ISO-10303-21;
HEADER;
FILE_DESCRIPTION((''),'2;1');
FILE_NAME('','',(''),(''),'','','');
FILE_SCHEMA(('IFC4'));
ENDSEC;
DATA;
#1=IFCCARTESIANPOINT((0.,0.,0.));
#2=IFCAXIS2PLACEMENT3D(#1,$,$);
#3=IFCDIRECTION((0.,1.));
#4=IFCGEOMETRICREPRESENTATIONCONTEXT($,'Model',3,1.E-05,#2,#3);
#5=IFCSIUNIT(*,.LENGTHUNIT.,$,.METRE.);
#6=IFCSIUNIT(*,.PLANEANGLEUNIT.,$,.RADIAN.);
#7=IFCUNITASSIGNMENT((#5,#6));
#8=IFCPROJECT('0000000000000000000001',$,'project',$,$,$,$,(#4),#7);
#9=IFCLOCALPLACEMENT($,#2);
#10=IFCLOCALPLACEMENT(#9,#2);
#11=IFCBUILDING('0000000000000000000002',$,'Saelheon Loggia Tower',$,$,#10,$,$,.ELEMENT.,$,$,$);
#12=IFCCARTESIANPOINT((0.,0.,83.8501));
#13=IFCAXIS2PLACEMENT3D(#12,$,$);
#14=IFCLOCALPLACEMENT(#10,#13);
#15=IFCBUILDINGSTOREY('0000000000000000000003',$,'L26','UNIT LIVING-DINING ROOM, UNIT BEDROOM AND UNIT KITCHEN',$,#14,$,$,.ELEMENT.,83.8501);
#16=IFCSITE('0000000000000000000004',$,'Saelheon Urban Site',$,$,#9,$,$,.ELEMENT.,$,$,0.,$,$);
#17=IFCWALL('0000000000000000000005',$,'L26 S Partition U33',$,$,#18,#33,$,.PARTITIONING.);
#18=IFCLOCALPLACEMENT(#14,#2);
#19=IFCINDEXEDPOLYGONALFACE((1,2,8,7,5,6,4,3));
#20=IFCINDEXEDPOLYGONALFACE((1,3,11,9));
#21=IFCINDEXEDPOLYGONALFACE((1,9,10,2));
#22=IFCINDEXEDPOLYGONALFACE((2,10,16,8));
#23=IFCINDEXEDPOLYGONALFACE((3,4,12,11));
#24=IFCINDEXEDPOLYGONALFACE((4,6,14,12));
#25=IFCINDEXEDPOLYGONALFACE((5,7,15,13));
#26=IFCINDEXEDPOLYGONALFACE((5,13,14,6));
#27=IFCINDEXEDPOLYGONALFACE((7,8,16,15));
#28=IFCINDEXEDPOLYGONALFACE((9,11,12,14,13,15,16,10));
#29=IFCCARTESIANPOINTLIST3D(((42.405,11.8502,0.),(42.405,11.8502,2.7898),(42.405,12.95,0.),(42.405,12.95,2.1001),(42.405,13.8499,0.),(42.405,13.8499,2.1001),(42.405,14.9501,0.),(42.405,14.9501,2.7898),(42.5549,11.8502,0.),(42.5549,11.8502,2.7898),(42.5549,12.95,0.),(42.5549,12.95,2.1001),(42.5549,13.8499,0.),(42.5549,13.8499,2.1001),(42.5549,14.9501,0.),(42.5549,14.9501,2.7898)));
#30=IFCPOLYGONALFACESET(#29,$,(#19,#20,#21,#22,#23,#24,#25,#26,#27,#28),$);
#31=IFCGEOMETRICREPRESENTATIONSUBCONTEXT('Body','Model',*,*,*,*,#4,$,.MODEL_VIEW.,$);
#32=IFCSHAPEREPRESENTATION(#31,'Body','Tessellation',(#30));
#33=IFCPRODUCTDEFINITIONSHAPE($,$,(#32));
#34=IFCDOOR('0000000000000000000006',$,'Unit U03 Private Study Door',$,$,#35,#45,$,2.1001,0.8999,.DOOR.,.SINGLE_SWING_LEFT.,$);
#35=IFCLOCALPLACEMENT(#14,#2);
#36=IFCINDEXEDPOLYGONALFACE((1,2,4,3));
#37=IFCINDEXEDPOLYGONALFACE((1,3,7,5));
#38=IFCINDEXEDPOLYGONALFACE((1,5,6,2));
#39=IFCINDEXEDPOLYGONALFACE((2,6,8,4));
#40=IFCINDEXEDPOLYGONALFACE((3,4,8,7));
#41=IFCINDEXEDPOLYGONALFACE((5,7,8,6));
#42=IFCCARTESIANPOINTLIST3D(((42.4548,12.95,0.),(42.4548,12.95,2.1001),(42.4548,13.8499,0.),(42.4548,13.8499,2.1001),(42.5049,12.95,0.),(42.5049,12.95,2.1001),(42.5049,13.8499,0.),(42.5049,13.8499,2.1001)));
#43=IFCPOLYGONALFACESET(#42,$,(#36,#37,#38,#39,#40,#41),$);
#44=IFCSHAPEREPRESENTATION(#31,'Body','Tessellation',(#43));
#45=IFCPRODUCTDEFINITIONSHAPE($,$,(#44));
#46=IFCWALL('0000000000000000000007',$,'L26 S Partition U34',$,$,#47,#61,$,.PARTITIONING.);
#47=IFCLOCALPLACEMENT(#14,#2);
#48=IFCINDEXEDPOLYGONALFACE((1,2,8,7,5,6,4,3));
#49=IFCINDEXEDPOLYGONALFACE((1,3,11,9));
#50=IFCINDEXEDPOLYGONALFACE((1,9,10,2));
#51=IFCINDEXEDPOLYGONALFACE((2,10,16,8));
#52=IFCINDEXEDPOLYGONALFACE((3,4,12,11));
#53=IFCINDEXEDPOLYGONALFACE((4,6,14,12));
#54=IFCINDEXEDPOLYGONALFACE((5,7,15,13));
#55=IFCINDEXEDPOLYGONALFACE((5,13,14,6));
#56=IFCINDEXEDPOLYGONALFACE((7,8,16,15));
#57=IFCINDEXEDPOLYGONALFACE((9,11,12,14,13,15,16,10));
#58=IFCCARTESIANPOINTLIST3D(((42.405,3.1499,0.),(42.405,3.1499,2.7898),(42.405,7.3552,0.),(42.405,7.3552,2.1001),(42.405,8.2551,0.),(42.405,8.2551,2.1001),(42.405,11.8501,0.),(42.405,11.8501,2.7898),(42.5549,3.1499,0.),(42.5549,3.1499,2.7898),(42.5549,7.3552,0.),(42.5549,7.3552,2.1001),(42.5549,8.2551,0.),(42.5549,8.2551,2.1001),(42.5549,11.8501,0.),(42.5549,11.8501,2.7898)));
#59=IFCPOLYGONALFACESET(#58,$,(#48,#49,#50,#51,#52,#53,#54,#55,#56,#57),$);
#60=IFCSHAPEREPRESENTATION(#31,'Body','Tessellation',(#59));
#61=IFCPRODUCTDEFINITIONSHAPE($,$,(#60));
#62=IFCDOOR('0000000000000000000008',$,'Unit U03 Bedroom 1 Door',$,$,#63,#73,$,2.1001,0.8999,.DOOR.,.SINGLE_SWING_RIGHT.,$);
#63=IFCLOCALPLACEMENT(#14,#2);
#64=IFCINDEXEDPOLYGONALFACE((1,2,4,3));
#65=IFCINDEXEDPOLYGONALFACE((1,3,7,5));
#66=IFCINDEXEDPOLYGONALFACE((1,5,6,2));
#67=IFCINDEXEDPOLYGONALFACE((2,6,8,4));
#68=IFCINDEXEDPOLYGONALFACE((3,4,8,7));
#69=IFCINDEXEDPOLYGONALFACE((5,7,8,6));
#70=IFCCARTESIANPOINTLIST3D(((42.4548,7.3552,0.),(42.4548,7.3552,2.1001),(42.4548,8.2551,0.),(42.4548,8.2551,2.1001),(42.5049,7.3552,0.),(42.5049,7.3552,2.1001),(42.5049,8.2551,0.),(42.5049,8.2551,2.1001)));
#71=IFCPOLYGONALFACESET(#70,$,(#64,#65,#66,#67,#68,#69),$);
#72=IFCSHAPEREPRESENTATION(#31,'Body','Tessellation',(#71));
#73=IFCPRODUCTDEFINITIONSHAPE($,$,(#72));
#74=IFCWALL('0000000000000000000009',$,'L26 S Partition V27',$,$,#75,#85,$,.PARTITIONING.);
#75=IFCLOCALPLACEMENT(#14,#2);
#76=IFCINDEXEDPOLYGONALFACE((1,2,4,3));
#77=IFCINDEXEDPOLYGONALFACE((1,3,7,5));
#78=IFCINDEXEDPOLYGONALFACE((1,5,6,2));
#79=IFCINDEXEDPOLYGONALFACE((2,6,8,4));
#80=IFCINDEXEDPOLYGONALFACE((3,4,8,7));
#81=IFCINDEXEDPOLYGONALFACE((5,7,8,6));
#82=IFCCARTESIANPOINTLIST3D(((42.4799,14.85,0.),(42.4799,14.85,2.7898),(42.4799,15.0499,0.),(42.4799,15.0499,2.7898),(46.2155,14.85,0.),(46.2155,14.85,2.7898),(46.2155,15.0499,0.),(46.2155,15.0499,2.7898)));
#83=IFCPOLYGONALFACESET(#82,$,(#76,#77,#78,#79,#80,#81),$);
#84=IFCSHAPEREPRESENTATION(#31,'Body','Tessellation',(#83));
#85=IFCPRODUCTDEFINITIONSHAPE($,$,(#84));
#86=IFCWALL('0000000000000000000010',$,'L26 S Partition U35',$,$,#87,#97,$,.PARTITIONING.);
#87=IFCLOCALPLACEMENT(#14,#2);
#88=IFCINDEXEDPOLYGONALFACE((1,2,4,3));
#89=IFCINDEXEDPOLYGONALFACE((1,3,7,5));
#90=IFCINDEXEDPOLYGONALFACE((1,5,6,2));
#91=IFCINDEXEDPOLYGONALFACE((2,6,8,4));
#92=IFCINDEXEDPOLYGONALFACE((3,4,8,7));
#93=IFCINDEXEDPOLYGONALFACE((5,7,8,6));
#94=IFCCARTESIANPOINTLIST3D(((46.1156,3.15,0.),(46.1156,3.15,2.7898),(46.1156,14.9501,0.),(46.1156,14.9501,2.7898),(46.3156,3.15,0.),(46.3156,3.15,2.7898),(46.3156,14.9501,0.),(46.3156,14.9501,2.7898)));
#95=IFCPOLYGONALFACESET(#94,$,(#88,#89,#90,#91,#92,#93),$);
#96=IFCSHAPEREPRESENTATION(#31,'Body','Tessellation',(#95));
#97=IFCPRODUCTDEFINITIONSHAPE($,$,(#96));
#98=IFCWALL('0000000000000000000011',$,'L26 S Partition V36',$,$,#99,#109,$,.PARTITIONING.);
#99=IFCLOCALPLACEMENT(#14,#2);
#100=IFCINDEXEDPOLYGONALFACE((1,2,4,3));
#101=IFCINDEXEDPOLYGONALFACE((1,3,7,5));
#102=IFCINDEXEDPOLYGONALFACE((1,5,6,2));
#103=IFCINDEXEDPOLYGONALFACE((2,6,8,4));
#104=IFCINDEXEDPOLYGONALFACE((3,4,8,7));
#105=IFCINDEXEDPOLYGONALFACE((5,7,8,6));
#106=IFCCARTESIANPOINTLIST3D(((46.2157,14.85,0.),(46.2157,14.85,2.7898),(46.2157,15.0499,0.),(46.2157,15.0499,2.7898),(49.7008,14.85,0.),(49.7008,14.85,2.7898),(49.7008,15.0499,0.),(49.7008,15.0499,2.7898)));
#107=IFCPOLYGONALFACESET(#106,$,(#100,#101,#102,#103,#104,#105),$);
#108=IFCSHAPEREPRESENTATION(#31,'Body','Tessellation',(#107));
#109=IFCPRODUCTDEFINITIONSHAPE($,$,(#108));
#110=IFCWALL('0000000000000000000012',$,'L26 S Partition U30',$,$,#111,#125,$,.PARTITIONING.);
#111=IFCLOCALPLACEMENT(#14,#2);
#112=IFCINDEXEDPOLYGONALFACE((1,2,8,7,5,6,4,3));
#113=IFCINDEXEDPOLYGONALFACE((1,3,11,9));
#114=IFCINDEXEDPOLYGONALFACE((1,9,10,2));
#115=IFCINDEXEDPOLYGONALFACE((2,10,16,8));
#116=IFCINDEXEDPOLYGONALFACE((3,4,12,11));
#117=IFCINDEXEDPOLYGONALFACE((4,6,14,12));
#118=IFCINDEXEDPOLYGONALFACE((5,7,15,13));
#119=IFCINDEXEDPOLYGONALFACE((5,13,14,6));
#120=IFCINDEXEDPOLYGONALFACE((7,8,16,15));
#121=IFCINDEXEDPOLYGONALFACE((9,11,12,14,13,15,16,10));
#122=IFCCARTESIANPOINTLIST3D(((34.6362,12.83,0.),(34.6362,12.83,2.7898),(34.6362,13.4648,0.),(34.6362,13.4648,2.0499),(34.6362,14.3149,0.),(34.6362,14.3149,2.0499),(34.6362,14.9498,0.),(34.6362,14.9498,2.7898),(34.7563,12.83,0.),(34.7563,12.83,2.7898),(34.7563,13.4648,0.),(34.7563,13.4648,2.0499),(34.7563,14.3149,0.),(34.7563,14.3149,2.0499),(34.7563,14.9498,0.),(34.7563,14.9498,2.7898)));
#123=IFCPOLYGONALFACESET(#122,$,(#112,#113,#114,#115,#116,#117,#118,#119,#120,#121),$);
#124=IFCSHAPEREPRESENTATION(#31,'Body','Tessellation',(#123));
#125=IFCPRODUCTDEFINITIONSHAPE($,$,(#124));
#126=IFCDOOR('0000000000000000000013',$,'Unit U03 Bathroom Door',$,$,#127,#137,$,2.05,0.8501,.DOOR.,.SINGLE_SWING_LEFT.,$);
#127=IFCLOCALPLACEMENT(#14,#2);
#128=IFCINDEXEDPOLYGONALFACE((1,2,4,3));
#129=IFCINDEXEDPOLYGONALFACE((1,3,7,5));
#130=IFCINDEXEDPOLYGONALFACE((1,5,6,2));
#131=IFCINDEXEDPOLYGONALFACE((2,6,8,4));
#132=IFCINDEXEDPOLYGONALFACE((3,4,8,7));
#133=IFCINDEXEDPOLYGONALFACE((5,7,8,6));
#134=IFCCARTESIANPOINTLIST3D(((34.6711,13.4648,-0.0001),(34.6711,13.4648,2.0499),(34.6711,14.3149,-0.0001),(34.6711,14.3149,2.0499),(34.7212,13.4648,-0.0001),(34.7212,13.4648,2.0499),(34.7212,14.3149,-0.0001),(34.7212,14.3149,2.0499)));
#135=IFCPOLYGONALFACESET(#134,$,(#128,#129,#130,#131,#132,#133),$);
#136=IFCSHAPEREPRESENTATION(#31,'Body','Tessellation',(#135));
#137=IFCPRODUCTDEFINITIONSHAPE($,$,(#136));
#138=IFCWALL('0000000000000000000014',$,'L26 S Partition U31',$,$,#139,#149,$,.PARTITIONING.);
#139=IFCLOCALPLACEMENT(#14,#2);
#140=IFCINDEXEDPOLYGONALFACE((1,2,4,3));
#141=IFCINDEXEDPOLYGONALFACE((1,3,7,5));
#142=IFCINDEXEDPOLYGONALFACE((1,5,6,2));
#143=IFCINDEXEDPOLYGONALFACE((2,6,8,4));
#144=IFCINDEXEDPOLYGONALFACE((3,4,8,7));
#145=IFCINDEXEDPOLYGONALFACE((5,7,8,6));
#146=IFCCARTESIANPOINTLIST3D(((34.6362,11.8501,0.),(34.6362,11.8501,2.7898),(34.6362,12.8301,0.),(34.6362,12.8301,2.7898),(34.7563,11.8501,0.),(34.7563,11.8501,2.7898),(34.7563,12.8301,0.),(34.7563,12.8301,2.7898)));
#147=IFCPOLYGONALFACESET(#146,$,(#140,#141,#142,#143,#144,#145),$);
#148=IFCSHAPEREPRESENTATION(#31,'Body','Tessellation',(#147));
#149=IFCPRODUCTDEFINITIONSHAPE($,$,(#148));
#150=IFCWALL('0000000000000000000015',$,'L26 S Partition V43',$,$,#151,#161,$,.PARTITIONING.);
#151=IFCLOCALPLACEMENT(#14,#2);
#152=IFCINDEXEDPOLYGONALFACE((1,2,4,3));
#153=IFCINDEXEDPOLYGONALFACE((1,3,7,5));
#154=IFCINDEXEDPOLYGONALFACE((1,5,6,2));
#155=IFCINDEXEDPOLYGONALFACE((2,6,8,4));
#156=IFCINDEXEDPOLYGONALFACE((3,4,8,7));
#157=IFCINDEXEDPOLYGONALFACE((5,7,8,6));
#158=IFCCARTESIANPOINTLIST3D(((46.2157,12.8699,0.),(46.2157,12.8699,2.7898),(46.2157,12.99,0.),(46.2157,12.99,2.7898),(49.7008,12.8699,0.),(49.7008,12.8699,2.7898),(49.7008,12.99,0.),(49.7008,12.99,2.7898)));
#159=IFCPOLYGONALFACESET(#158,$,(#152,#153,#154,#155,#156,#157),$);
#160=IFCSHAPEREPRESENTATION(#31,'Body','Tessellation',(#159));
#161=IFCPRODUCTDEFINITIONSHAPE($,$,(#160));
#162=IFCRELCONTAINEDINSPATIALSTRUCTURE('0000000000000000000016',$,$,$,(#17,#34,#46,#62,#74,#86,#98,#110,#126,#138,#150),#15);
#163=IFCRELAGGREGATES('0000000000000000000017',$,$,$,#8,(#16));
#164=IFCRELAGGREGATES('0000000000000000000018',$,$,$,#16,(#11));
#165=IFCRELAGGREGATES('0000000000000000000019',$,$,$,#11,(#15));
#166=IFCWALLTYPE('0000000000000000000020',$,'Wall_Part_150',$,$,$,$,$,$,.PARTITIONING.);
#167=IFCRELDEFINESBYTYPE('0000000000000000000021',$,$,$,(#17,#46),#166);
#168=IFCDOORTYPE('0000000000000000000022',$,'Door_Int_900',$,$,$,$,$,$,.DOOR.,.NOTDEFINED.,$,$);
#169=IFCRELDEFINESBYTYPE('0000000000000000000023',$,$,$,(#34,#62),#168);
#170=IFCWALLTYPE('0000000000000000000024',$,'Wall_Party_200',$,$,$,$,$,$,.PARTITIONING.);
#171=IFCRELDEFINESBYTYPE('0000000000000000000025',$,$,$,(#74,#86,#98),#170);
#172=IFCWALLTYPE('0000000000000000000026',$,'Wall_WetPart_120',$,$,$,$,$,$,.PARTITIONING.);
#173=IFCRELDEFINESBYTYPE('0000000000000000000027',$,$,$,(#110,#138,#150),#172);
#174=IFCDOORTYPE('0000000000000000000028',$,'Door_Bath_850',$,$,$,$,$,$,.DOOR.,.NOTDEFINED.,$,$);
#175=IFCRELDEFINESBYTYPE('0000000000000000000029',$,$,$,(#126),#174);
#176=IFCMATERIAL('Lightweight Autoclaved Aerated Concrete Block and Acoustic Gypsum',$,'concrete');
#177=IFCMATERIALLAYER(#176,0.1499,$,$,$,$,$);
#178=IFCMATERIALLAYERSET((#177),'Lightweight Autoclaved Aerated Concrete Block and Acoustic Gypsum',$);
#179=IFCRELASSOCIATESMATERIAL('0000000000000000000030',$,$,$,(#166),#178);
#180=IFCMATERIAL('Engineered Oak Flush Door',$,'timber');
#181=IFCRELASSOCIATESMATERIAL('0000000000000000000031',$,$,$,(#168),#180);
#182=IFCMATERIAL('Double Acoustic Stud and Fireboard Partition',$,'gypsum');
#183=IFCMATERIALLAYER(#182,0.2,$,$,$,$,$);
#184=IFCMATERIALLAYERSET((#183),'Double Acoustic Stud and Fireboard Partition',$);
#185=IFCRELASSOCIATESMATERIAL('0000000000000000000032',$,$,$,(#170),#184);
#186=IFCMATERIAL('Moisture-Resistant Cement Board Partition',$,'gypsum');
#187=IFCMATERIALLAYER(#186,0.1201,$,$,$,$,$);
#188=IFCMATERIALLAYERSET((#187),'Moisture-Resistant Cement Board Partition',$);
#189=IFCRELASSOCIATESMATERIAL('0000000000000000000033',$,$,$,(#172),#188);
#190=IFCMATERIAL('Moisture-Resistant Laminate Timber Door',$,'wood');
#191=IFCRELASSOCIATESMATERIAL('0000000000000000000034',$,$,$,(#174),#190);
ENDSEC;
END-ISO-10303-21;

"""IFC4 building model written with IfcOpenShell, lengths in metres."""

from ifc_helpers import new_model, si_unit, direction, frame, frame_2d, origin, place, context, subcontext, project, spatial, rectangle, extrude, source, transform, mapped, material, layer, layer_set, type_object, element, fill, save


model = new_model("IFC4")

# Units and contexts
model_context = context("Model", 3, precision=1e-05, world=origin(), true_north=direction((0.0, 1.0)))
body_context = subcontext(model_context, "Body", "Model", "MODEL_VIEW")
ifc_project = project(units=[si_unit("LENGTHUNIT", "METRE"), si_unit("PLANEANGLEUNIT", "RADIAN")], contexts=[model_context])

# Site, building, storey
site_placement = place(None, origin())
site = spatial("IfcSite", under=ifc_project, at=site_placement, Name="Saelheon Urban Site", CompositionType="ELEMENT", RefElevation=0.0)
building_placement = place(site_placement, origin())
building = spatial("IfcBuilding", under=site, at=building_placement, Name="Saelheon Loggia Tower", CompositionType="ELEMENT")
storey_placement = place(building_placement, frame((0.0, 0.0, 83.8501)))
storey = spatial("IfcBuildingStorey", under=building, at=storey_placement, Name="L26", Description="UNIT LIVING-DINING ROOM, UNIT BEDROOM AND UNIT KITCHEN", CompositionType="ELEMENT", Elevation=83.8501)

# Shared definitions
ifc_material_1 = material(Name="Lightweight Autoclaved Aerated Concrete Block and Acoustic Gypsum", Category="concrete")
ifc_layer_1 = layer(ifc_material_1, 0.1499)
ifc_layer_set_1 = layer_set([ifc_layer_1], Name="Lightweight Autoclaved Aerated Concrete Block and Acoustic Gypsum")
wall_type_1 = type_object("IfcWallType", Name="Wall_Part_150", PredefinedType="PARTITIONING", material=ifc_layer_set_1)

# Walls, openings, doors
ifc_material_2 = material(Name="Engineered Oak Flush Door", Category="timber")
door_type_1 = type_object("IfcDoorType", Name="Door_Int_900", OperationType="NOTDEFINED", PredefinedType="DOOR", material=ifc_material_2)
shared_shape_1 = source(origin(), body_context, "Body", "SweptSolid", [
    extrude(rectangle(XDim=0.8999, YDim=2.1001, at=frame_2d((0.45, 1.05))), frame((0.0, 0.0249, 0.0), z_axis=(0.0, -1.0, 0.0), x_axis=(1.0, 0.0, 0.0)), (0.0, 0.0, 1.0), 0.05),
])
wall_1_placement = place(storey_placement, frame((42.48, 14.95, 0.0), z_axis=(0.0, 0.0, 1.0), x_axis=(0.0, -1.0, 0.0)))
wall_1 = element("IfcWall", 1, at=wall_1_placement, inside=storey, type_object=wall_type_1, Name="L26 S Partition U33", PredefinedType="PARTITIONING", context=body_context, shape_type="SweptSolid", body=[
    extrude(rectangle(XDim=3.0999, YDim=0.1499, at=frame_2d((1.5498, 0.0))), origin(), (0.0, 0.0, 1.0), 2.7898),
])
opening_1_placement = place(wall_1_placement, frame((1.1001, 0.0, 0.0)))
opening_1 = element("IfcOpeningElement", 2, at=opening_1_placement, cuts=wall_1, PredefinedType="OPENING", context=body_context, shape_type="SweptSolid", body=[
    extrude(rectangle(XDim=0.8999, YDim=2.1001, at=frame_2d((0.45, 1.05))), frame((0.0, 0.0869, 0.0), z_axis=(0.0, -1.0, 0.0), x_axis=(1.0, 0.0, 0.0)), (0.0, 0.0, 1.0), 0.1738),
])
door_1_placement = place(opening_1_placement, origin())
door_1 = element("IfcDoor", 3, at=door_1_placement, inside=storey, type_object=door_type_1, Name="Unit U03 Private Study Door", OperationType="SINGLE_SWING_LEFT", OverallHeight=2.1001, OverallWidth=0.8999, PredefinedType="DOOR", context=body_context, shape_type="MappedRepresentation", body=[
    mapped(shared_shape_1, transform((0.0, 0.0, 0.0), scale=1.0)),
])
fill(opening_1, door_1)
wall_2_placement = place(storey_placement, frame((42.48, 11.8501, 0.0), z_axis=(0.0, 0.0, 1.0), x_axis=(0.0, -1.0, 0.0)))
wall_2 = element("IfcWall", 4, at=wall_2_placement, inside=storey, type_object=wall_type_1, Name="L26 S Partition U34", PredefinedType="PARTITIONING", context=body_context, shape_type="SweptSolid", body=[
    extrude(rectangle(XDim=8.7002, YDim=0.1499, at=frame_2d((4.3501, 0.0))), origin(), (0.0, 0.0, 1.0), 2.7898),
])
opening_2_placement = place(wall_2_placement, frame((3.595, 0.0, 0.0)))
opening_2 = element("IfcOpeningElement", 5, at=opening_2_placement, cuts=wall_2, PredefinedType="OPENING", context=body_context, shape_type="SweptSolid", body=[
    extrude(rectangle(XDim=0.8999, YDim=2.1001, at=frame_2d((0.45, 1.05))), frame((0.0, 0.0869, 0.0), z_axis=(0.0, -1.0, 0.0), x_axis=(1.0, 0.0, 0.0)), (0.0, 0.0, 1.0), 0.1738),
])
door_2_placement = place(opening_2_placement, origin())
door_2 = element("IfcDoor", 6, at=door_2_placement, inside=storey, type_object=door_type_1, Name="Unit U03 Bedroom 1 Door", OperationType="SINGLE_SWING_RIGHT", OverallHeight=2.1001, OverallWidth=0.8999, PredefinedType="DOOR", context=body_context, shape_type="MappedRepresentation", body=[
    mapped(shared_shape_1, transform((0.0, 0.0, 0.0), scale=1.0)),
])
fill(opening_2, door_2)

# Walls
ifc_material_3 = material(Name="Double Acoustic Stud and Fireboard Partition", Category="gypsum")
ifc_layer_2 = layer(ifc_material_3, 0.2)
ifc_layer_set_2 = layer_set([ifc_layer_2], Name="Double Acoustic Stud and Fireboard Partition")
wall_type_2 = type_object("IfcWallType", Name="Wall_Party_200", PredefinedType="PARTITIONING", material=ifc_layer_set_2)
wall_3_placement = place(storey_placement, frame((42.48, 14.95, 0.0), z_axis=(0.0, 0.0, 1.0), x_axis=(1.0, 0.0, 0.0)))
element("IfcWall", 7, at=wall_3_placement, inside=storey, type_object=wall_type_2, Name="L26 S Partition V27", PredefinedType="PARTITIONING", context=body_context, shape_type="SweptSolid", body=[
    extrude(rectangle(XDim=3.7356, YDim=0.2, at=frame_2d((1.8677, 0.0))), origin(), (0.0, 0.0, 1.0), 2.7898),
])
wall_4_placement = place(storey_placement, frame((46.2156, 14.95, 0.0), z_axis=(0.0, 0.0, 1.0), x_axis=(0.0, -1.0, 0.0)))
element("IfcWall", 8, at=wall_4_placement, inside=storey, type_object=wall_type_2, Name="L26 S Partition U35", PredefinedType="PARTITIONING", context=body_context, shape_type="SweptSolid", body=[
    extrude(rectangle(XDim=11.8, YDim=0.2, at=frame_2d((5.8999, 0.0))), origin(), (0.0, 0.0, 1.0), 2.7898),
])
wall_5_placement = place(storey_placement, frame((46.2156, 14.95, 0.0), z_axis=(0.0, 0.0, 1.0), x_axis=(1.0, 0.0, 0.0)))
element("IfcWall", 9, at=wall_5_placement, inside=storey, type_object=wall_type_2, Name="L26 S Partition V36", PredefinedType="PARTITIONING", context=body_context, shape_type="SweptSolid", body=[
    extrude(rectangle(XDim=3.4851, YDim=0.2, at=frame_2d((1.7427, 0.0))), origin(), (0.0, 0.0, 1.0), 2.7898),
])

# Wall, opening, door
ifc_material_4 = material(Name="Moisture-Resistant Cement Board Partition", Category="gypsum")
ifc_layer_3 = layer(ifc_material_4, 0.1201)
ifc_layer_set_3 = layer_set([ifc_layer_3], Name="Moisture-Resistant Cement Board Partition")
wall_type_3 = type_object("IfcWallType", Name="Wall_WetPart_120", PredefinedType="PARTITIONING", material=ifc_layer_set_3)
wall_6_placement = place(storey_placement, frame((34.6963, 14.95, 0.0), z_axis=(0.0, 0.0, 1.0), x_axis=(0.0, -1.0, 0.0)))
wall_6 = element("IfcWall", 10, at=wall_6_placement, inside=storey, type_object=wall_type_3, Name="L26 S Partition U30", PredefinedType="PARTITIONING", context=body_context, shape_type="SweptSolid", body=[
    extrude(rectangle(XDim=2.1199, YDim=0.1201, at=frame_2d((1.0601, 0.0))), origin(), (0.0, 0.0, 1.0), 2.7898),
])
opening_3_placement = place(wall_6_placement, frame((0.635, 0.0, 0.0)))
opening_3 = element("IfcOpeningElement", 11, at=opening_3_placement, cuts=wall_6, PredefinedType="OPENING", context=body_context, shape_type="SweptSolid", body=[
    extrude(rectangle(XDim=0.8501, YDim=2.05, at=frame_2d((0.425, 1.0249))), frame((0.0, 0.072, 0.0), z_axis=(0.0, -1.0, 0.0), x_axis=(1.0, 0.0, 0.0)), (0.0, 0.0, 1.0), 0.144),
])
ifc_material_5 = material(Name="Moisture-Resistant Laminate Timber Door", Category="wood")
door_type_2 = type_object("IfcDoorType", Name="Door_Bath_850", OperationType="NOTDEFINED", PredefinedType="DOOR", material=ifc_material_5)
shared_shape_2 = source(origin(), body_context, "Body", "SweptSolid", [
    extrude(rectangle(XDim=0.8501, YDim=2.05, at=frame_2d((0.425, 1.0249))), frame((0.0, 0.0249, 0.0), z_axis=(0.0, -1.0, 0.0), x_axis=(1.0, 0.0, 0.0)), (0.0, 0.0, 1.0), 0.05),
])
door_3_placement = place(opening_3_placement, origin())
door_3 = element("IfcDoor", 12, at=door_3_placement, inside=storey, type_object=door_type_2, Name="Unit U03 Bathroom Door", OperationType="SINGLE_SWING_LEFT", OverallHeight=2.05, OverallWidth=0.8501, PredefinedType="DOOR", context=body_context, shape_type="MappedRepresentation", body=[
    mapped(shared_shape_2, transform((0.0, 0.0, 0.0), scale=1.0)),
])
fill(opening_3, door_3)

# Walls
wall_7_placement = place(storey_placement, frame((34.6963, 12.8301, 0.0), z_axis=(0.0, 0.0, 1.0), x_axis=(0.0, -1.0, 0.0)))
element("IfcWall", 13, at=wall_7_placement, inside=storey, type_object=wall_type_3, Name="L26 S Partition U31", PredefinedType="PARTITIONING", context=body_context, shape_type="SweptSolid", body=[
    extrude(rectangle(XDim=0.98, YDim=0.1201, at=frame_2d((0.49, 0.0))), origin(), (0.0, 0.0, 1.0), 2.7898),
])
wall_8_placement = place(storey_placement, frame((46.2156, 12.9299, 0.0), z_axis=(0.0, 0.0, 1.0), x_axis=(1.0, 0.0, 0.0)))
element("IfcWall", 14, at=wall_8_placement, inside=storey, type_object=wall_type_3, Name="L26 S Partition V43", PredefinedType="PARTITIONING", context=body_context, shape_type="SweptSolid", body=[
    extrude(rectangle(XDim=3.4851, YDim=0.1201, at=frame_2d((1.7427, 0.0))), origin(), (0.0, 0.0, 1.0), 2.7898),
])

save(model, "model.ifc")
